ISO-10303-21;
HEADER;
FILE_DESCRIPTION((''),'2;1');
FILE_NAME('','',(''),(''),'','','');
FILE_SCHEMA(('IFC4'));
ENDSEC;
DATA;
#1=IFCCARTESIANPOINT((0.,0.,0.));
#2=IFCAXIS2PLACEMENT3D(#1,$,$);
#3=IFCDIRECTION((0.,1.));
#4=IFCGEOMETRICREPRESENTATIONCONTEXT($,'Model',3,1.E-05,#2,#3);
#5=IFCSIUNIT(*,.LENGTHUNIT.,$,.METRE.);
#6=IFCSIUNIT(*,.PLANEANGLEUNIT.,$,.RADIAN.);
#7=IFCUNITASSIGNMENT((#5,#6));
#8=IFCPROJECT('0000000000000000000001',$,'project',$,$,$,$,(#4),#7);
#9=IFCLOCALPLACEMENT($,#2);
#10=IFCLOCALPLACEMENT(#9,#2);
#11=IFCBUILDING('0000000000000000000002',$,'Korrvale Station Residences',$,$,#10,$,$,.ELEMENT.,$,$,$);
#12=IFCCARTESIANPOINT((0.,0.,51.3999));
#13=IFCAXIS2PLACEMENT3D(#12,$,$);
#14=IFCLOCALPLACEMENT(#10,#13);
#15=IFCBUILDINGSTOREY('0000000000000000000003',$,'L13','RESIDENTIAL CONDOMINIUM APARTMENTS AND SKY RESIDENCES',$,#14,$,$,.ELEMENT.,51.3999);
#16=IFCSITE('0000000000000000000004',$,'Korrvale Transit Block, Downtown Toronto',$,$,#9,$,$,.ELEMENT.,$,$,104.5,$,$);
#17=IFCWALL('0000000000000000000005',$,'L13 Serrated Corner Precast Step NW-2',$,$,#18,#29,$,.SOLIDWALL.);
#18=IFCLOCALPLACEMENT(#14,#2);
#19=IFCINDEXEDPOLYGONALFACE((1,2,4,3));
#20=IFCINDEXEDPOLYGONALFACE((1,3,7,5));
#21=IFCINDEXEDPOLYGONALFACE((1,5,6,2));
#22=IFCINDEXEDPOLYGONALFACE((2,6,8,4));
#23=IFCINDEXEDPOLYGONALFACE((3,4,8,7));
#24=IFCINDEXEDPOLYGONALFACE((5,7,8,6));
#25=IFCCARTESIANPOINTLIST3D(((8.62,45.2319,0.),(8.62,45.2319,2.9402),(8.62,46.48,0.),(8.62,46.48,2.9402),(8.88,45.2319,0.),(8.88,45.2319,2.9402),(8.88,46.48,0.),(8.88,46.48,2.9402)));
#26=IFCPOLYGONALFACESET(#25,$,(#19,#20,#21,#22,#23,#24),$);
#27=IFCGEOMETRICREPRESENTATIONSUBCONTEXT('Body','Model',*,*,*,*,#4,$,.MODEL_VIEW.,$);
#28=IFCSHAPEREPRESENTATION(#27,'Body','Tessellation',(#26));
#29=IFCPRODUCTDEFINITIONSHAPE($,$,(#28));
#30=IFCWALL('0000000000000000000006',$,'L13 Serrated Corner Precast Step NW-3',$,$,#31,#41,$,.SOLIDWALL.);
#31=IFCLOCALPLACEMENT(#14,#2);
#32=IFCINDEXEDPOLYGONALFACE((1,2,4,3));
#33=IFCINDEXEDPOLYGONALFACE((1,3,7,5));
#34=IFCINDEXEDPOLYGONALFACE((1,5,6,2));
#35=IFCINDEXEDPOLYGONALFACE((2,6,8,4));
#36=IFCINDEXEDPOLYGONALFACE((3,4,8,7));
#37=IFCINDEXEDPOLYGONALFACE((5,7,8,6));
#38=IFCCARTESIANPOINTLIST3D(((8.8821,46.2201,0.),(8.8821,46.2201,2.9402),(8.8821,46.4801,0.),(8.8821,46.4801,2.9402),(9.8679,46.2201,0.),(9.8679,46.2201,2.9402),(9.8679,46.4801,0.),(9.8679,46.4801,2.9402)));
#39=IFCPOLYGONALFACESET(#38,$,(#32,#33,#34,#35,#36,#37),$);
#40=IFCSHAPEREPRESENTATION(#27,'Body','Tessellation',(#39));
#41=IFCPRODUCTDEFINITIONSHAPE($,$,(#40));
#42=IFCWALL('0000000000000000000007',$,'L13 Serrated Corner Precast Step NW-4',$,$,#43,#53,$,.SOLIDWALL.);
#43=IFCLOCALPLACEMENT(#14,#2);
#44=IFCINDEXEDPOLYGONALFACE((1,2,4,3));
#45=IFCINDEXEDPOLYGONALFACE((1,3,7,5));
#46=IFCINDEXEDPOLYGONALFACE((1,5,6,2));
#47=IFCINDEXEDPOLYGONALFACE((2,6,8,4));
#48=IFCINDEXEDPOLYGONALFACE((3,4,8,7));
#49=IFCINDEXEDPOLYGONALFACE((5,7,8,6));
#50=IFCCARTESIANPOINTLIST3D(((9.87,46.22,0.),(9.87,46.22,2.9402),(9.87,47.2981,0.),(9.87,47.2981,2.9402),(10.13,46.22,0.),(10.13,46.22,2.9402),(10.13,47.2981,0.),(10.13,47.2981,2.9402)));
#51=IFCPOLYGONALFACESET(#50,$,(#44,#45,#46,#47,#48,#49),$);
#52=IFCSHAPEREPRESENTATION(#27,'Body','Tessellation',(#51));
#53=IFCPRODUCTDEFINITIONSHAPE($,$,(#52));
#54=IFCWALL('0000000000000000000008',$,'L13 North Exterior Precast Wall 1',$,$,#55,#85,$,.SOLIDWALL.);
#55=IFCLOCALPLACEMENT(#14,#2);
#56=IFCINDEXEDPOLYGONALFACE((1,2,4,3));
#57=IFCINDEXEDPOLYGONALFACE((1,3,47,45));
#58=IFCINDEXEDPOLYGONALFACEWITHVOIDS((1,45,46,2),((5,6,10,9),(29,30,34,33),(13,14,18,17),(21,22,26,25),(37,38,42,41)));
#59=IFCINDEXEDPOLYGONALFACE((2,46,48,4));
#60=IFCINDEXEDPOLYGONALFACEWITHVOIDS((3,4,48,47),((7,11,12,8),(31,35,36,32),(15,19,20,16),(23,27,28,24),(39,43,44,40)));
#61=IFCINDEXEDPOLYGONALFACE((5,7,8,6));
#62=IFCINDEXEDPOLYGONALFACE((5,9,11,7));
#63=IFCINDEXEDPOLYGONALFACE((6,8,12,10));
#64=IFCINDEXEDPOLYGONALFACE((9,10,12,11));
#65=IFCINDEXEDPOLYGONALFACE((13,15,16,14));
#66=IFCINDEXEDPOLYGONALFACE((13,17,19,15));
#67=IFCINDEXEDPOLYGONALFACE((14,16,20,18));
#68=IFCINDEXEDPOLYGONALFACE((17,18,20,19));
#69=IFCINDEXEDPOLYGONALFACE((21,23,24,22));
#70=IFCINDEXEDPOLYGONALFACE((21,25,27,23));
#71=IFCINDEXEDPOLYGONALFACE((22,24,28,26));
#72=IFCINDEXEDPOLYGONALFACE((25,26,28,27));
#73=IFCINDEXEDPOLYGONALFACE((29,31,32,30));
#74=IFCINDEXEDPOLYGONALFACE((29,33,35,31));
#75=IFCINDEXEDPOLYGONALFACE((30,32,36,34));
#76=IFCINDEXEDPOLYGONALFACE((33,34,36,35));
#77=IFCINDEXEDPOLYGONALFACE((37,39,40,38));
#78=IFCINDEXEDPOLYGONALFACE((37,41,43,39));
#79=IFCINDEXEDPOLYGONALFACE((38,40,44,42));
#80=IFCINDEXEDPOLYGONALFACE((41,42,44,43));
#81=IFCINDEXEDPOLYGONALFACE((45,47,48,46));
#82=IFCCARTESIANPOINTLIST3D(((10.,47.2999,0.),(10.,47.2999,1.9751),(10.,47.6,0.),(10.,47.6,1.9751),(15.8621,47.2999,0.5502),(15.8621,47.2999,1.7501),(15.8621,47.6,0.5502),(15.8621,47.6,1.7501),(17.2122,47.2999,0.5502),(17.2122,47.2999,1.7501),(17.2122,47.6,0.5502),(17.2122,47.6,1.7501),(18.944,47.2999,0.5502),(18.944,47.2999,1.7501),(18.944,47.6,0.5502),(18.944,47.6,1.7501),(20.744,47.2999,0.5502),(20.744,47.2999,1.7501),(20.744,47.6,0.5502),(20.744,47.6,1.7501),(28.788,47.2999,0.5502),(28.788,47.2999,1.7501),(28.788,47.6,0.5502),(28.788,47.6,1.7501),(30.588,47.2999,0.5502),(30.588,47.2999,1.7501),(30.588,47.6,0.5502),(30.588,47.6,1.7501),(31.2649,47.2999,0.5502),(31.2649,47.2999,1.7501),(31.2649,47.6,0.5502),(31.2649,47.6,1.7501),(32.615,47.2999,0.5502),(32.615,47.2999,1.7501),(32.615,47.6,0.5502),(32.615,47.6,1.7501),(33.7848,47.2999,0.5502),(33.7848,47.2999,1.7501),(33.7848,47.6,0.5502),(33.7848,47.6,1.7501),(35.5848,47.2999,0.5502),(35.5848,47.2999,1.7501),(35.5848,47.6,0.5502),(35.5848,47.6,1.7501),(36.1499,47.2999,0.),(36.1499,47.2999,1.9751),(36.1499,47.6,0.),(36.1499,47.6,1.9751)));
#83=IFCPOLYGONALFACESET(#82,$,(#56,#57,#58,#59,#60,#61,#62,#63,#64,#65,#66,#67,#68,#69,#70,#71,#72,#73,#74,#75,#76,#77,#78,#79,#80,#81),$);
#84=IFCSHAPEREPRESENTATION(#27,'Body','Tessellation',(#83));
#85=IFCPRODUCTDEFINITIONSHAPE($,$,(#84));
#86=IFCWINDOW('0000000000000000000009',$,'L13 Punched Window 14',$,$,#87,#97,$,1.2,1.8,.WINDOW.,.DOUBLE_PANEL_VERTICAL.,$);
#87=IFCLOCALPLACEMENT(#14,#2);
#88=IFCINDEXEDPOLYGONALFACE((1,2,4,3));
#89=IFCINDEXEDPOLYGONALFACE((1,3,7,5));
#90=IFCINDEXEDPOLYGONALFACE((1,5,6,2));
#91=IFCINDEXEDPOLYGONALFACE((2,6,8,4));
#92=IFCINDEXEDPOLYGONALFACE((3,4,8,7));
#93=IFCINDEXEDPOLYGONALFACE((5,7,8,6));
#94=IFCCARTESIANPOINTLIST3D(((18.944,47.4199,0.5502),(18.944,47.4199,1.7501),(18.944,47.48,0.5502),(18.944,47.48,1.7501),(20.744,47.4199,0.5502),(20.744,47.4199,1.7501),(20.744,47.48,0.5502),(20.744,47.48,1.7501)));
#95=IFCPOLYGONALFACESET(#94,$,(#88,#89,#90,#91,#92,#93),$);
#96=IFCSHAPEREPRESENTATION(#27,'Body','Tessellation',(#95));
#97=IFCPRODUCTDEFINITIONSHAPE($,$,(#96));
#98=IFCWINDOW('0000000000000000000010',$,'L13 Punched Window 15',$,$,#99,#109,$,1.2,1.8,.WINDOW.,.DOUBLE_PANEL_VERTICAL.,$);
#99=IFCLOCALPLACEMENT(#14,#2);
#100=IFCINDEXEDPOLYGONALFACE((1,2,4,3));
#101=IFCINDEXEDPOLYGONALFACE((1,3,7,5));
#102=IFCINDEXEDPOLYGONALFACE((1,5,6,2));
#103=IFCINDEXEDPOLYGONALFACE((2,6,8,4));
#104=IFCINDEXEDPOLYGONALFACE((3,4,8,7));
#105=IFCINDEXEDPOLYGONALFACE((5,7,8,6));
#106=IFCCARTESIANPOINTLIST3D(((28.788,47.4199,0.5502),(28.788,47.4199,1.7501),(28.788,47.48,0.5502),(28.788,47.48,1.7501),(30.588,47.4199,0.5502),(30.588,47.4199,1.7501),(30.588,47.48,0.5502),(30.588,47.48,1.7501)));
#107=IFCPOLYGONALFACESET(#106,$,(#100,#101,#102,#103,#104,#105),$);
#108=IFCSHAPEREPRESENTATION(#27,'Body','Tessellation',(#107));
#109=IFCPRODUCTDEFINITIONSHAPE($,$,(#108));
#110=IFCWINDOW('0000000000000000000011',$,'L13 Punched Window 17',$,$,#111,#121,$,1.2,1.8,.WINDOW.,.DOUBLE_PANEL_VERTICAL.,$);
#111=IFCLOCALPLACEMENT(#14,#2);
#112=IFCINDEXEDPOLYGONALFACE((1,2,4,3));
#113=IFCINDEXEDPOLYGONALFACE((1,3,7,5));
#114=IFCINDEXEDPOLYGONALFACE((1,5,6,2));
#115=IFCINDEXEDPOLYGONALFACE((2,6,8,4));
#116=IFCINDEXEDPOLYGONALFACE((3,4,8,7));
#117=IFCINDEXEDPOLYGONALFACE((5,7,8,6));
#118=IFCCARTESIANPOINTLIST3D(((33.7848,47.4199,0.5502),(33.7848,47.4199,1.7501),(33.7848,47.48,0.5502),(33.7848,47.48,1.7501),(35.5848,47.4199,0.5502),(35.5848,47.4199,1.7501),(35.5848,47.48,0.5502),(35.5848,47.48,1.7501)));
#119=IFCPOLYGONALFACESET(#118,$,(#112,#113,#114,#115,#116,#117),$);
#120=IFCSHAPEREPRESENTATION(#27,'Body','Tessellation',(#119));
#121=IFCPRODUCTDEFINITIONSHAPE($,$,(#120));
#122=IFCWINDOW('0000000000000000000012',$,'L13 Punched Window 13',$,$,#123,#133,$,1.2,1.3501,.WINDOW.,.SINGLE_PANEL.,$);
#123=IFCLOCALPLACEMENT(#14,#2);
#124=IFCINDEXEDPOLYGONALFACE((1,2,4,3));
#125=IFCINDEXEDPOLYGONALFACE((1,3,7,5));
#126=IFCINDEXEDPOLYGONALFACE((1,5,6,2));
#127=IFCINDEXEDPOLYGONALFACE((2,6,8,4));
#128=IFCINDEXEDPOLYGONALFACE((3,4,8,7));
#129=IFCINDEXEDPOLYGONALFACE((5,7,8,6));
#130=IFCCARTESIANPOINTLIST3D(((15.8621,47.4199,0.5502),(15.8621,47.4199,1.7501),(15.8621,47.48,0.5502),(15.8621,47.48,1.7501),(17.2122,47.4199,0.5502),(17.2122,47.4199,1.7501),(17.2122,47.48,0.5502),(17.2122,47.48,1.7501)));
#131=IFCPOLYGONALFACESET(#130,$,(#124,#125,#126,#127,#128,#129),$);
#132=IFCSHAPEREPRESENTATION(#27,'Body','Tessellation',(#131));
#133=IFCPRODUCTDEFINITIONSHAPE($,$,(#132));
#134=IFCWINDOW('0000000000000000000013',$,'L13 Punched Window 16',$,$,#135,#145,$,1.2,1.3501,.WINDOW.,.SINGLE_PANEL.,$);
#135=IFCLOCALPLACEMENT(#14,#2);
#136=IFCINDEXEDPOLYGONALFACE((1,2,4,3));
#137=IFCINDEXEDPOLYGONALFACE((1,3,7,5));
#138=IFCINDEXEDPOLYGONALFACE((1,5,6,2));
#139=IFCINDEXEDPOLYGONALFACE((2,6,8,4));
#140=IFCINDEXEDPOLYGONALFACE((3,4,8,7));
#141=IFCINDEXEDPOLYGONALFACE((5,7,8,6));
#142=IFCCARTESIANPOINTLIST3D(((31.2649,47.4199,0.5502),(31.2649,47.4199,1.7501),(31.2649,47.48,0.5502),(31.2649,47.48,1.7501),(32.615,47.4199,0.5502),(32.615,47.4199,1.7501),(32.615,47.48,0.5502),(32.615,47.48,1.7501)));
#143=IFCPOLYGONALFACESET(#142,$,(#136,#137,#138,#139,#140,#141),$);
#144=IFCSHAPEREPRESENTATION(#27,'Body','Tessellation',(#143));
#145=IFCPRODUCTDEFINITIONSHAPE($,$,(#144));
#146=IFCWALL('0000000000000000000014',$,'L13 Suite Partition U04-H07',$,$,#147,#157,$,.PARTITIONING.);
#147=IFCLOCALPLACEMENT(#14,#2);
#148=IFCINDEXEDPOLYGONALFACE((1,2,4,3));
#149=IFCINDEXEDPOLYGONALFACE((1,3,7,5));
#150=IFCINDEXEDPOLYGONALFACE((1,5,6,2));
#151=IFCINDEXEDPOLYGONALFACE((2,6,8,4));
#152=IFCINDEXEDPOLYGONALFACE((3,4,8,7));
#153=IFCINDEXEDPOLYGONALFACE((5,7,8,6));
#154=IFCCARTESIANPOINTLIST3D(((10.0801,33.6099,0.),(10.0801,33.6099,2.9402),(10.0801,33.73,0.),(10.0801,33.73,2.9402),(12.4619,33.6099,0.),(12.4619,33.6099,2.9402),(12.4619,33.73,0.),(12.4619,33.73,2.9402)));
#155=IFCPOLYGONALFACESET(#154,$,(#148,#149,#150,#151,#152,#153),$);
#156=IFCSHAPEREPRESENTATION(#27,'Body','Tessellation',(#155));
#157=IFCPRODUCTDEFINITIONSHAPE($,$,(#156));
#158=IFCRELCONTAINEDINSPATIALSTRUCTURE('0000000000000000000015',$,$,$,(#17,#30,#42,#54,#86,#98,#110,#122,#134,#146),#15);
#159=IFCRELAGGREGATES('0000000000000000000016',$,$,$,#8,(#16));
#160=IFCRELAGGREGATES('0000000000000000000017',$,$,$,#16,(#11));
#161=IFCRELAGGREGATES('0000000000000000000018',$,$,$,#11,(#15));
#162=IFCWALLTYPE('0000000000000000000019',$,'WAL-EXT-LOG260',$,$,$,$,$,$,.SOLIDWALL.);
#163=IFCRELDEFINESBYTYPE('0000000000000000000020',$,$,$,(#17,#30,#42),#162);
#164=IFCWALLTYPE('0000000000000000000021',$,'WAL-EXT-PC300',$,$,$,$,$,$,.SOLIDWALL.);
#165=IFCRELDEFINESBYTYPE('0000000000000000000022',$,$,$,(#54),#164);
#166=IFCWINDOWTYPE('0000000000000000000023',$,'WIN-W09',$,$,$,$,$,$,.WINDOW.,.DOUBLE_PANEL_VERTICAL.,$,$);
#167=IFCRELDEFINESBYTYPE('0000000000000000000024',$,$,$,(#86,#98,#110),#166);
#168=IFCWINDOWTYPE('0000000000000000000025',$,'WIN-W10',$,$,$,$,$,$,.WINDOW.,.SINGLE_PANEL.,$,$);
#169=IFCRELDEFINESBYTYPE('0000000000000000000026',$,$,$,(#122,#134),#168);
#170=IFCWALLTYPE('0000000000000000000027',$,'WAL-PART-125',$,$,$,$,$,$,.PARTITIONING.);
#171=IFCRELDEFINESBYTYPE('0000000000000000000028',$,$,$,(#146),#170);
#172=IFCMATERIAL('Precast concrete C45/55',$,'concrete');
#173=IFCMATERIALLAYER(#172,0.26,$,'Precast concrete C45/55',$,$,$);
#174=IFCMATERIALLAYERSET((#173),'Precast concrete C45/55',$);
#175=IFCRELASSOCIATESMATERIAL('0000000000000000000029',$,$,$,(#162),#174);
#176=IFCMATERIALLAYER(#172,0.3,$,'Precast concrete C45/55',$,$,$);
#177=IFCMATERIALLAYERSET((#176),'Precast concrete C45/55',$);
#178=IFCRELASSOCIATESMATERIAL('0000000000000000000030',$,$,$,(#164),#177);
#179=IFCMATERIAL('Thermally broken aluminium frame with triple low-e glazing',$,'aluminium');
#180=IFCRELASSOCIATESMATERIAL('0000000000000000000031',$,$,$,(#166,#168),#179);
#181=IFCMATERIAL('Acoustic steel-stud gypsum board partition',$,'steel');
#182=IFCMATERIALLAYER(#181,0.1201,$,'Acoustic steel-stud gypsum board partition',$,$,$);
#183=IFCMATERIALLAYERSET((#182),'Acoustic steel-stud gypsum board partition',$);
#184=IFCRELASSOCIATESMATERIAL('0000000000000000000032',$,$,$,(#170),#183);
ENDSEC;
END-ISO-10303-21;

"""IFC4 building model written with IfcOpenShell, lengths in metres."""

from ifc_helpers import new_model, si_unit, direction, frame, frame_2d, origin, place, context, subcontext, project, spatial, rectangle, extrude, material, layer, layer_set, type_object, element, fill, save


model = new_model("IFC4")

# Units and contexts
model_context = context("Model", 3, precision=1e-05, world=origin(), true_north=direction((0.0, 1.0)))
body_context = subcontext(model_context, "Body", "Model", "MODEL_VIEW")
ifc_project = project(units=[si_unit("LENGTHUNIT", "METRE"), si_unit("PLANEANGLEUNIT", "RADIAN")], contexts=[model_context])

# Site, building, storey
site_placement = place(None, origin())
site = spatial("IfcSite", under=ifc_project, at=site_placement, Name="Korrvale Transit Block, Downtown Toronto", CompositionType="ELEMENT", RefElevation=104.5)
building_placement = place(site_placement, origin())
building = spatial("IfcBuilding", under=site, at=building_placement, Name="Korrvale Station Residences", CompositionType="ELEMENT")
storey_placement = place(building_placement, frame((0.0, 0.0, 51.3999)))
storey = spatial("IfcBuildingStorey", under=building, at=storey_placement, Name="L13", Description="RESIDENTIAL CONDOMINIUM APARTMENTS AND SKY RESIDENCES", CompositionType="ELEMENT", Elevation=51.3999)

# Walls
ifc_material_1 = material(Name="Precast concrete C45/55", Category="concrete")
ifc_layer_1 = layer(ifc_material_1, 0.26, Name="Precast concrete C45/55")
ifc_layer_set_1 = layer_set([ifc_layer_1], Name="Precast concrete C45/55")
wall_type_1 = type_object("IfcWallType", Name="WAL-EXT-LOG260", PredefinedType="SOLIDWALL", material=ifc_layer_set_1)
wall_1_placement = place(storey_placement, frame((8.75, 45.2319, 0.0), z_axis=(0.0, 0.0, 1.0), x_axis=(0.0, 1.0, 0.0)))
element("IfcWall", 1, at=wall_1_placement, inside=storey, type_object=wall_type_1, Name="L13 Serrated Corner Precast Step NW-2", PredefinedType="SOLIDWALL", context=body_context, shape_type="SweptSolid", body=[
    extrude(rectangle(XDim=1.248, YDim=0.26, at=frame_2d((0.624, 0.0))), origin(), (0.0, 0.0, 1.0), 2.9402),
])
wall_2_placement = place(storey_placement, frame((8.8821, 46.3501, 0.0), z_axis=(0.0, 0.0, 1.0), x_axis=(1.0, 0.0, 0.0)))
element("IfcWall", 2, at=wall_2_placement, inside=storey, type_object=wall_type_1, Name="L13 Serrated Corner Precast Step NW-3", PredefinedType="SOLIDWALL", context=body_context, shape_type="SweptSolid", body=[
    extrude(rectangle(XDim=0.9858, YDim=0.26, at=frame_2d((0.4929, 0.0))), origin(), (0.0, 0.0, 1.0), 2.9402),
])
wall_3_placement = place(storey_placement, frame((10.0, 46.22, 0.0), z_axis=(0.0, 0.0, 1.0), x_axis=(0.0, 1.0, 0.0)))
element("IfcWall", 3, at=wall_3_placement, inside=storey, type_object=wall_type_1, Name="L13 Serrated Corner Precast Step NW-4", PredefinedType="SOLIDWALL", context=body_context, shape_type="SweptSolid", body=[
    extrude(rectangle(XDim=1.0781, YDim=0.26, at=frame_2d((0.5391, 0.0))), origin(), (0.0, 0.0, 1.0), 2.9402),
])

# Wall, openings, windows
ifc_layer_2 = layer(ifc_material_1, 0.3, Name="Precast concrete C45/55")
ifc_layer_set_2 = layer_set([ifc_layer_2], Name="Precast concrete C45/55")
wall_type_2 = type_object("IfcWallType", Name="WAL-EXT-PC300", PredefinedType="SOLIDWALL", material=ifc_layer_set_2)
wall_4_placement = place(storey_placement, frame((10.0, 47.45, 0.0), z_axis=(0.0, 0.0, 1.0), x_axis=(1.0, 0.0, 0.0)))
wall_4 = element("IfcWall", 4, at=wall_4_placement, inside=storey, type_object=wall_type_2, Name="L13 North Exterior Precast Wall 1", PredefinedType="SOLIDWALL", context=body_context, shape_type="SweptSolid", body=[
    extrude(rectangle(XDim=26.1499, YDim=0.3, at=frame_2d((13.075, 0.0))), origin(), (0.0, 0.0, 1.0), 1.9751),
])
opening_1_placement = place(wall_4_placement, frame((5.8621, 0.0, 0.55)))
opening_1 = element("IfcOpeningElement", 5, at=opening_1_placement, cuts=wall_4, PredefinedType="OPENING", context=body_context, shape_type="SweptSolid", body=[
    extrude(rectangle(XDim=1.3501, YDim=1.2, at=frame_2d((0.675, 0.6001))), frame((0.0, 0.1602, 0.0), z_axis=(0.0, -1.0, 0.0), x_axis=(1.0, 0.0, 0.0)), (0.0, 0.0, 1.0), 0.3201),
])
opening_2_placement = place(wall_4_placement, frame((8.9441, 0.0, 0.55)))
opening_2 = element("IfcOpeningElement", 6, at=opening_2_placement, cuts=wall_4, PredefinedType="OPENING", context=body_context, shape_type="SweptSolid", body=[
    extrude(rectangle(XDim=1.8, YDim=1.2, at=frame_2d((0.8999, 0.6001))), frame((0.0, 0.1602, 0.0), z_axis=(0.0, -1.0, 0.0), x_axis=(1.0, 0.0, 0.0)), (0.0, 0.0, 1.0), 0.3201),
])
opening_3_placement = place(wall_4_placement, frame((18.7881, 0.0, 0.55)))
opening_3 = element("IfcOpeningElement", 7, at=opening_3_placement, cuts=wall_4, PredefinedType="OPENING", context=body_context, shape_type="SweptSolid", body=[
    extrude(rectangle(XDim=1.8, YDim=1.2, at=frame_2d((0.8999, 0.6001))), frame((0.0, 0.1602, 0.0), z_axis=(0.0, -1.0, 0.0), x_axis=(1.0, 0.0, 0.0)), (0.0, 0.0, 1.0), 0.3201),
])
opening_4_placement = place(wall_4_placement, frame((21.2649, 0.0, 0.55)))
opening_4 = element("IfcOpeningElement", 8, at=opening_4_placement, cuts=wall_4, PredefinedType="OPENING", context=body_context, shape_type="SweptSolid", body=[
    extrude(rectangle(XDim=1.3501, YDim=1.2, at=frame_2d((0.675, 0.6001))), frame((0.0, 0.1602, 0.0), z_axis=(0.0, -1.0, 0.0), x_axis=(1.0, 0.0, 0.0)), (0.0, 0.0, 1.0), 0.3201),
])
opening_5_placement = place(wall_4_placement, frame((23.7849, 0.0, 0.55)))
opening_5 = element("IfcOpeningElement", 9, at=opening_5_placement, cuts=wall_4, PredefinedType="OPENING", context=body_context, shape_type="SweptSolid", body=[
    extrude(rectangle(XDim=1.8, YDim=1.2, at=frame_2d((0.8999, 0.6001))), frame((0.0, 0.1602, 0.0), z_axis=(0.0, -1.0, 0.0), x_axis=(1.0, 0.0, 0.0)), (0.0, 0.0, 1.0), 0.3201),
])
ifc_material_2 = material(Name="Thermally broken aluminium frame with triple low-e glazing", Category="aluminium")
window_type_1 = type_object("IfcWindowType", Name="WIN-W09", PartitioningType="DOUBLE_PANEL_VERTICAL", PredefinedType="WINDOW", material=ifc_material_2)
window_1_placement = place(opening_2_placement, origin())
window_1 = element("IfcWindow", 10, at=window_1_placement, inside=storey, type_object=window_type_1, Name="L13 Punched Window 14", OverallHeight=1.2, OverallWidth=1.8, PartitioningType="DOUBLE_PANEL_VERTICAL", PredefinedType="WINDOW", context=body_context, shape_type="SweptSolid", body=[
    extrude(rectangle(XDim=1.8, YDim=1.2, at=frame_2d((0.8999, 0.6001))), frame((0.0, 0.03, 0.0), z_axis=(0.0, -1.0, 0.0), x_axis=(1.0, 0.0, 0.0)), (0.0, 0.0, 1.0), 0.0601),
])
fill(opening_2, window_1)
window_2_placement = place(opening_3_placement, origin())
window_2 = element("IfcWindow", 11, at=window_2_placement, inside=storey, type_object=window_type_1, Name="L13 Punched Window 15", OverallHeight=1.2, OverallWidth=1.8, PartitioningType="DOUBLE_PANEL_VERTICAL", PredefinedType="WINDOW", context=body_context, shape_type="SweptSolid", body=[
    extrude(rectangle(XDim=1.8, YDim=1.2, at=frame_2d((0.8999, 0.6001))), frame((0.0, 0.03, 0.0), z_axis=(0.0, -1.0, 0.0), x_axis=(1.0, 0.0, 0.0)), (0.0, 0.0, 1.0), 0.0601),
])
fill(opening_3, window_2)
window_3_placement = place(opening_5_placement, origin())
window_3 = element("IfcWindow", 12, at=window_3_placement, inside=storey, type_object=window_type_1, Name="L13 Punched Window 17", OverallHeight=1.2, OverallWidth=1.8, PartitioningType="DOUBLE_PANEL_VERTICAL", PredefinedType="WINDOW", context=body_context, shape_type="SweptSolid", body=[
    extrude(rectangle(XDim=1.8, YDim=1.2, at=frame_2d((0.8999, 0.6001))), frame((0.0, 0.03, 0.0), z_axis=(0.0, -1.0, 0.0), x_axis=(1.0, 0.0, 0.0)), (0.0, 0.0, 1.0), 0.0601),
])
fill(opening_5, window_3)
window_type_2 = type_object("IfcWindowType", Name="WIN-W10", PartitioningType="SINGLE_PANEL", PredefinedType="WINDOW", material=ifc_material_2)
window_4_placement = place(opening_1_placement, origin())
window_4 = element("IfcWindow", 13, at=window_4_placement, inside=storey, type_object=window_type_2, Name="L13 Punched Window 13", OverallHeight=1.2, OverallWidth=1.3501, PartitioningType="SINGLE_PANEL", PredefinedType="WINDOW", context=body_context, shape_type="SweptSolid", body=[
    extrude(rectangle(XDim=1.3501, YDim=1.2, at=frame_2d((0.675, 0.6001))), frame((0.0, 0.03, 0.0), z_axis=(0.0, -1.0, 0.0), x_axis=(1.0, 0.0, 0.0)), (0.0, 0.0, 1.0), 0.0601),
])
fill(opening_1, window_4)
window_5_placement = place(opening_4_placement, origin())
window_5 = element("IfcWindow", 14, at=window_5_placement, inside=storey, type_object=window_type_2, Name="L13 Punched Window 16", OverallHeight=1.2, OverallWidth=1.3501, PartitioningType="SINGLE_PANEL", PredefinedType="WINDOW", context=body_context, shape_type="SweptSolid", body=[
    extrude(rectangle(XDim=1.3501, YDim=1.2, at=frame_2d((0.675, 0.6001))), frame((0.0, 0.03, 0.0), z_axis=(0.0, -1.0, 0.0), x_axis=(1.0, 0.0, 0.0)), (0.0, 0.0, 1.0), 0.0601),
])
fill(opening_4, window_5)

# Wall
ifc_material_3 = material(Name="Acoustic steel-stud gypsum board partition", Category="steel")
ifc_layer_3 = layer(ifc_material_3, 0.1201, Name="Acoustic steel-stud gypsum board partition")
ifc_layer_set_3 = layer_set([ifc_layer_3], Name="Acoustic steel-stud gypsum board partition")
wall_type_3 = type_object("IfcWallType", Name="WAL-PART-125", PredefinedType="PARTITIONING", material=ifc_layer_set_3)
wall_5_placement = place(storey_placement, frame((10.0801, 33.6699, 0.0), z_axis=(0.0, 0.0, 1.0), x_axis=(1.0, 0.0, 0.0)))
element("IfcWall", 15, at=wall_5_placement, inside=storey, type_object=wall_type_3, Name="L13 Suite Partition U04-H07", PredefinedType="PARTITIONING", context=body_context, shape_type="SweptSolid", body=[
    extrude(rectangle(XDim=2.3818, YDim=0.1201, at=frame_2d((1.1909, 0.0))), origin(), (0.0, 0.0, 1.0), 2.9402),
])

save(model, "model.ifc")
